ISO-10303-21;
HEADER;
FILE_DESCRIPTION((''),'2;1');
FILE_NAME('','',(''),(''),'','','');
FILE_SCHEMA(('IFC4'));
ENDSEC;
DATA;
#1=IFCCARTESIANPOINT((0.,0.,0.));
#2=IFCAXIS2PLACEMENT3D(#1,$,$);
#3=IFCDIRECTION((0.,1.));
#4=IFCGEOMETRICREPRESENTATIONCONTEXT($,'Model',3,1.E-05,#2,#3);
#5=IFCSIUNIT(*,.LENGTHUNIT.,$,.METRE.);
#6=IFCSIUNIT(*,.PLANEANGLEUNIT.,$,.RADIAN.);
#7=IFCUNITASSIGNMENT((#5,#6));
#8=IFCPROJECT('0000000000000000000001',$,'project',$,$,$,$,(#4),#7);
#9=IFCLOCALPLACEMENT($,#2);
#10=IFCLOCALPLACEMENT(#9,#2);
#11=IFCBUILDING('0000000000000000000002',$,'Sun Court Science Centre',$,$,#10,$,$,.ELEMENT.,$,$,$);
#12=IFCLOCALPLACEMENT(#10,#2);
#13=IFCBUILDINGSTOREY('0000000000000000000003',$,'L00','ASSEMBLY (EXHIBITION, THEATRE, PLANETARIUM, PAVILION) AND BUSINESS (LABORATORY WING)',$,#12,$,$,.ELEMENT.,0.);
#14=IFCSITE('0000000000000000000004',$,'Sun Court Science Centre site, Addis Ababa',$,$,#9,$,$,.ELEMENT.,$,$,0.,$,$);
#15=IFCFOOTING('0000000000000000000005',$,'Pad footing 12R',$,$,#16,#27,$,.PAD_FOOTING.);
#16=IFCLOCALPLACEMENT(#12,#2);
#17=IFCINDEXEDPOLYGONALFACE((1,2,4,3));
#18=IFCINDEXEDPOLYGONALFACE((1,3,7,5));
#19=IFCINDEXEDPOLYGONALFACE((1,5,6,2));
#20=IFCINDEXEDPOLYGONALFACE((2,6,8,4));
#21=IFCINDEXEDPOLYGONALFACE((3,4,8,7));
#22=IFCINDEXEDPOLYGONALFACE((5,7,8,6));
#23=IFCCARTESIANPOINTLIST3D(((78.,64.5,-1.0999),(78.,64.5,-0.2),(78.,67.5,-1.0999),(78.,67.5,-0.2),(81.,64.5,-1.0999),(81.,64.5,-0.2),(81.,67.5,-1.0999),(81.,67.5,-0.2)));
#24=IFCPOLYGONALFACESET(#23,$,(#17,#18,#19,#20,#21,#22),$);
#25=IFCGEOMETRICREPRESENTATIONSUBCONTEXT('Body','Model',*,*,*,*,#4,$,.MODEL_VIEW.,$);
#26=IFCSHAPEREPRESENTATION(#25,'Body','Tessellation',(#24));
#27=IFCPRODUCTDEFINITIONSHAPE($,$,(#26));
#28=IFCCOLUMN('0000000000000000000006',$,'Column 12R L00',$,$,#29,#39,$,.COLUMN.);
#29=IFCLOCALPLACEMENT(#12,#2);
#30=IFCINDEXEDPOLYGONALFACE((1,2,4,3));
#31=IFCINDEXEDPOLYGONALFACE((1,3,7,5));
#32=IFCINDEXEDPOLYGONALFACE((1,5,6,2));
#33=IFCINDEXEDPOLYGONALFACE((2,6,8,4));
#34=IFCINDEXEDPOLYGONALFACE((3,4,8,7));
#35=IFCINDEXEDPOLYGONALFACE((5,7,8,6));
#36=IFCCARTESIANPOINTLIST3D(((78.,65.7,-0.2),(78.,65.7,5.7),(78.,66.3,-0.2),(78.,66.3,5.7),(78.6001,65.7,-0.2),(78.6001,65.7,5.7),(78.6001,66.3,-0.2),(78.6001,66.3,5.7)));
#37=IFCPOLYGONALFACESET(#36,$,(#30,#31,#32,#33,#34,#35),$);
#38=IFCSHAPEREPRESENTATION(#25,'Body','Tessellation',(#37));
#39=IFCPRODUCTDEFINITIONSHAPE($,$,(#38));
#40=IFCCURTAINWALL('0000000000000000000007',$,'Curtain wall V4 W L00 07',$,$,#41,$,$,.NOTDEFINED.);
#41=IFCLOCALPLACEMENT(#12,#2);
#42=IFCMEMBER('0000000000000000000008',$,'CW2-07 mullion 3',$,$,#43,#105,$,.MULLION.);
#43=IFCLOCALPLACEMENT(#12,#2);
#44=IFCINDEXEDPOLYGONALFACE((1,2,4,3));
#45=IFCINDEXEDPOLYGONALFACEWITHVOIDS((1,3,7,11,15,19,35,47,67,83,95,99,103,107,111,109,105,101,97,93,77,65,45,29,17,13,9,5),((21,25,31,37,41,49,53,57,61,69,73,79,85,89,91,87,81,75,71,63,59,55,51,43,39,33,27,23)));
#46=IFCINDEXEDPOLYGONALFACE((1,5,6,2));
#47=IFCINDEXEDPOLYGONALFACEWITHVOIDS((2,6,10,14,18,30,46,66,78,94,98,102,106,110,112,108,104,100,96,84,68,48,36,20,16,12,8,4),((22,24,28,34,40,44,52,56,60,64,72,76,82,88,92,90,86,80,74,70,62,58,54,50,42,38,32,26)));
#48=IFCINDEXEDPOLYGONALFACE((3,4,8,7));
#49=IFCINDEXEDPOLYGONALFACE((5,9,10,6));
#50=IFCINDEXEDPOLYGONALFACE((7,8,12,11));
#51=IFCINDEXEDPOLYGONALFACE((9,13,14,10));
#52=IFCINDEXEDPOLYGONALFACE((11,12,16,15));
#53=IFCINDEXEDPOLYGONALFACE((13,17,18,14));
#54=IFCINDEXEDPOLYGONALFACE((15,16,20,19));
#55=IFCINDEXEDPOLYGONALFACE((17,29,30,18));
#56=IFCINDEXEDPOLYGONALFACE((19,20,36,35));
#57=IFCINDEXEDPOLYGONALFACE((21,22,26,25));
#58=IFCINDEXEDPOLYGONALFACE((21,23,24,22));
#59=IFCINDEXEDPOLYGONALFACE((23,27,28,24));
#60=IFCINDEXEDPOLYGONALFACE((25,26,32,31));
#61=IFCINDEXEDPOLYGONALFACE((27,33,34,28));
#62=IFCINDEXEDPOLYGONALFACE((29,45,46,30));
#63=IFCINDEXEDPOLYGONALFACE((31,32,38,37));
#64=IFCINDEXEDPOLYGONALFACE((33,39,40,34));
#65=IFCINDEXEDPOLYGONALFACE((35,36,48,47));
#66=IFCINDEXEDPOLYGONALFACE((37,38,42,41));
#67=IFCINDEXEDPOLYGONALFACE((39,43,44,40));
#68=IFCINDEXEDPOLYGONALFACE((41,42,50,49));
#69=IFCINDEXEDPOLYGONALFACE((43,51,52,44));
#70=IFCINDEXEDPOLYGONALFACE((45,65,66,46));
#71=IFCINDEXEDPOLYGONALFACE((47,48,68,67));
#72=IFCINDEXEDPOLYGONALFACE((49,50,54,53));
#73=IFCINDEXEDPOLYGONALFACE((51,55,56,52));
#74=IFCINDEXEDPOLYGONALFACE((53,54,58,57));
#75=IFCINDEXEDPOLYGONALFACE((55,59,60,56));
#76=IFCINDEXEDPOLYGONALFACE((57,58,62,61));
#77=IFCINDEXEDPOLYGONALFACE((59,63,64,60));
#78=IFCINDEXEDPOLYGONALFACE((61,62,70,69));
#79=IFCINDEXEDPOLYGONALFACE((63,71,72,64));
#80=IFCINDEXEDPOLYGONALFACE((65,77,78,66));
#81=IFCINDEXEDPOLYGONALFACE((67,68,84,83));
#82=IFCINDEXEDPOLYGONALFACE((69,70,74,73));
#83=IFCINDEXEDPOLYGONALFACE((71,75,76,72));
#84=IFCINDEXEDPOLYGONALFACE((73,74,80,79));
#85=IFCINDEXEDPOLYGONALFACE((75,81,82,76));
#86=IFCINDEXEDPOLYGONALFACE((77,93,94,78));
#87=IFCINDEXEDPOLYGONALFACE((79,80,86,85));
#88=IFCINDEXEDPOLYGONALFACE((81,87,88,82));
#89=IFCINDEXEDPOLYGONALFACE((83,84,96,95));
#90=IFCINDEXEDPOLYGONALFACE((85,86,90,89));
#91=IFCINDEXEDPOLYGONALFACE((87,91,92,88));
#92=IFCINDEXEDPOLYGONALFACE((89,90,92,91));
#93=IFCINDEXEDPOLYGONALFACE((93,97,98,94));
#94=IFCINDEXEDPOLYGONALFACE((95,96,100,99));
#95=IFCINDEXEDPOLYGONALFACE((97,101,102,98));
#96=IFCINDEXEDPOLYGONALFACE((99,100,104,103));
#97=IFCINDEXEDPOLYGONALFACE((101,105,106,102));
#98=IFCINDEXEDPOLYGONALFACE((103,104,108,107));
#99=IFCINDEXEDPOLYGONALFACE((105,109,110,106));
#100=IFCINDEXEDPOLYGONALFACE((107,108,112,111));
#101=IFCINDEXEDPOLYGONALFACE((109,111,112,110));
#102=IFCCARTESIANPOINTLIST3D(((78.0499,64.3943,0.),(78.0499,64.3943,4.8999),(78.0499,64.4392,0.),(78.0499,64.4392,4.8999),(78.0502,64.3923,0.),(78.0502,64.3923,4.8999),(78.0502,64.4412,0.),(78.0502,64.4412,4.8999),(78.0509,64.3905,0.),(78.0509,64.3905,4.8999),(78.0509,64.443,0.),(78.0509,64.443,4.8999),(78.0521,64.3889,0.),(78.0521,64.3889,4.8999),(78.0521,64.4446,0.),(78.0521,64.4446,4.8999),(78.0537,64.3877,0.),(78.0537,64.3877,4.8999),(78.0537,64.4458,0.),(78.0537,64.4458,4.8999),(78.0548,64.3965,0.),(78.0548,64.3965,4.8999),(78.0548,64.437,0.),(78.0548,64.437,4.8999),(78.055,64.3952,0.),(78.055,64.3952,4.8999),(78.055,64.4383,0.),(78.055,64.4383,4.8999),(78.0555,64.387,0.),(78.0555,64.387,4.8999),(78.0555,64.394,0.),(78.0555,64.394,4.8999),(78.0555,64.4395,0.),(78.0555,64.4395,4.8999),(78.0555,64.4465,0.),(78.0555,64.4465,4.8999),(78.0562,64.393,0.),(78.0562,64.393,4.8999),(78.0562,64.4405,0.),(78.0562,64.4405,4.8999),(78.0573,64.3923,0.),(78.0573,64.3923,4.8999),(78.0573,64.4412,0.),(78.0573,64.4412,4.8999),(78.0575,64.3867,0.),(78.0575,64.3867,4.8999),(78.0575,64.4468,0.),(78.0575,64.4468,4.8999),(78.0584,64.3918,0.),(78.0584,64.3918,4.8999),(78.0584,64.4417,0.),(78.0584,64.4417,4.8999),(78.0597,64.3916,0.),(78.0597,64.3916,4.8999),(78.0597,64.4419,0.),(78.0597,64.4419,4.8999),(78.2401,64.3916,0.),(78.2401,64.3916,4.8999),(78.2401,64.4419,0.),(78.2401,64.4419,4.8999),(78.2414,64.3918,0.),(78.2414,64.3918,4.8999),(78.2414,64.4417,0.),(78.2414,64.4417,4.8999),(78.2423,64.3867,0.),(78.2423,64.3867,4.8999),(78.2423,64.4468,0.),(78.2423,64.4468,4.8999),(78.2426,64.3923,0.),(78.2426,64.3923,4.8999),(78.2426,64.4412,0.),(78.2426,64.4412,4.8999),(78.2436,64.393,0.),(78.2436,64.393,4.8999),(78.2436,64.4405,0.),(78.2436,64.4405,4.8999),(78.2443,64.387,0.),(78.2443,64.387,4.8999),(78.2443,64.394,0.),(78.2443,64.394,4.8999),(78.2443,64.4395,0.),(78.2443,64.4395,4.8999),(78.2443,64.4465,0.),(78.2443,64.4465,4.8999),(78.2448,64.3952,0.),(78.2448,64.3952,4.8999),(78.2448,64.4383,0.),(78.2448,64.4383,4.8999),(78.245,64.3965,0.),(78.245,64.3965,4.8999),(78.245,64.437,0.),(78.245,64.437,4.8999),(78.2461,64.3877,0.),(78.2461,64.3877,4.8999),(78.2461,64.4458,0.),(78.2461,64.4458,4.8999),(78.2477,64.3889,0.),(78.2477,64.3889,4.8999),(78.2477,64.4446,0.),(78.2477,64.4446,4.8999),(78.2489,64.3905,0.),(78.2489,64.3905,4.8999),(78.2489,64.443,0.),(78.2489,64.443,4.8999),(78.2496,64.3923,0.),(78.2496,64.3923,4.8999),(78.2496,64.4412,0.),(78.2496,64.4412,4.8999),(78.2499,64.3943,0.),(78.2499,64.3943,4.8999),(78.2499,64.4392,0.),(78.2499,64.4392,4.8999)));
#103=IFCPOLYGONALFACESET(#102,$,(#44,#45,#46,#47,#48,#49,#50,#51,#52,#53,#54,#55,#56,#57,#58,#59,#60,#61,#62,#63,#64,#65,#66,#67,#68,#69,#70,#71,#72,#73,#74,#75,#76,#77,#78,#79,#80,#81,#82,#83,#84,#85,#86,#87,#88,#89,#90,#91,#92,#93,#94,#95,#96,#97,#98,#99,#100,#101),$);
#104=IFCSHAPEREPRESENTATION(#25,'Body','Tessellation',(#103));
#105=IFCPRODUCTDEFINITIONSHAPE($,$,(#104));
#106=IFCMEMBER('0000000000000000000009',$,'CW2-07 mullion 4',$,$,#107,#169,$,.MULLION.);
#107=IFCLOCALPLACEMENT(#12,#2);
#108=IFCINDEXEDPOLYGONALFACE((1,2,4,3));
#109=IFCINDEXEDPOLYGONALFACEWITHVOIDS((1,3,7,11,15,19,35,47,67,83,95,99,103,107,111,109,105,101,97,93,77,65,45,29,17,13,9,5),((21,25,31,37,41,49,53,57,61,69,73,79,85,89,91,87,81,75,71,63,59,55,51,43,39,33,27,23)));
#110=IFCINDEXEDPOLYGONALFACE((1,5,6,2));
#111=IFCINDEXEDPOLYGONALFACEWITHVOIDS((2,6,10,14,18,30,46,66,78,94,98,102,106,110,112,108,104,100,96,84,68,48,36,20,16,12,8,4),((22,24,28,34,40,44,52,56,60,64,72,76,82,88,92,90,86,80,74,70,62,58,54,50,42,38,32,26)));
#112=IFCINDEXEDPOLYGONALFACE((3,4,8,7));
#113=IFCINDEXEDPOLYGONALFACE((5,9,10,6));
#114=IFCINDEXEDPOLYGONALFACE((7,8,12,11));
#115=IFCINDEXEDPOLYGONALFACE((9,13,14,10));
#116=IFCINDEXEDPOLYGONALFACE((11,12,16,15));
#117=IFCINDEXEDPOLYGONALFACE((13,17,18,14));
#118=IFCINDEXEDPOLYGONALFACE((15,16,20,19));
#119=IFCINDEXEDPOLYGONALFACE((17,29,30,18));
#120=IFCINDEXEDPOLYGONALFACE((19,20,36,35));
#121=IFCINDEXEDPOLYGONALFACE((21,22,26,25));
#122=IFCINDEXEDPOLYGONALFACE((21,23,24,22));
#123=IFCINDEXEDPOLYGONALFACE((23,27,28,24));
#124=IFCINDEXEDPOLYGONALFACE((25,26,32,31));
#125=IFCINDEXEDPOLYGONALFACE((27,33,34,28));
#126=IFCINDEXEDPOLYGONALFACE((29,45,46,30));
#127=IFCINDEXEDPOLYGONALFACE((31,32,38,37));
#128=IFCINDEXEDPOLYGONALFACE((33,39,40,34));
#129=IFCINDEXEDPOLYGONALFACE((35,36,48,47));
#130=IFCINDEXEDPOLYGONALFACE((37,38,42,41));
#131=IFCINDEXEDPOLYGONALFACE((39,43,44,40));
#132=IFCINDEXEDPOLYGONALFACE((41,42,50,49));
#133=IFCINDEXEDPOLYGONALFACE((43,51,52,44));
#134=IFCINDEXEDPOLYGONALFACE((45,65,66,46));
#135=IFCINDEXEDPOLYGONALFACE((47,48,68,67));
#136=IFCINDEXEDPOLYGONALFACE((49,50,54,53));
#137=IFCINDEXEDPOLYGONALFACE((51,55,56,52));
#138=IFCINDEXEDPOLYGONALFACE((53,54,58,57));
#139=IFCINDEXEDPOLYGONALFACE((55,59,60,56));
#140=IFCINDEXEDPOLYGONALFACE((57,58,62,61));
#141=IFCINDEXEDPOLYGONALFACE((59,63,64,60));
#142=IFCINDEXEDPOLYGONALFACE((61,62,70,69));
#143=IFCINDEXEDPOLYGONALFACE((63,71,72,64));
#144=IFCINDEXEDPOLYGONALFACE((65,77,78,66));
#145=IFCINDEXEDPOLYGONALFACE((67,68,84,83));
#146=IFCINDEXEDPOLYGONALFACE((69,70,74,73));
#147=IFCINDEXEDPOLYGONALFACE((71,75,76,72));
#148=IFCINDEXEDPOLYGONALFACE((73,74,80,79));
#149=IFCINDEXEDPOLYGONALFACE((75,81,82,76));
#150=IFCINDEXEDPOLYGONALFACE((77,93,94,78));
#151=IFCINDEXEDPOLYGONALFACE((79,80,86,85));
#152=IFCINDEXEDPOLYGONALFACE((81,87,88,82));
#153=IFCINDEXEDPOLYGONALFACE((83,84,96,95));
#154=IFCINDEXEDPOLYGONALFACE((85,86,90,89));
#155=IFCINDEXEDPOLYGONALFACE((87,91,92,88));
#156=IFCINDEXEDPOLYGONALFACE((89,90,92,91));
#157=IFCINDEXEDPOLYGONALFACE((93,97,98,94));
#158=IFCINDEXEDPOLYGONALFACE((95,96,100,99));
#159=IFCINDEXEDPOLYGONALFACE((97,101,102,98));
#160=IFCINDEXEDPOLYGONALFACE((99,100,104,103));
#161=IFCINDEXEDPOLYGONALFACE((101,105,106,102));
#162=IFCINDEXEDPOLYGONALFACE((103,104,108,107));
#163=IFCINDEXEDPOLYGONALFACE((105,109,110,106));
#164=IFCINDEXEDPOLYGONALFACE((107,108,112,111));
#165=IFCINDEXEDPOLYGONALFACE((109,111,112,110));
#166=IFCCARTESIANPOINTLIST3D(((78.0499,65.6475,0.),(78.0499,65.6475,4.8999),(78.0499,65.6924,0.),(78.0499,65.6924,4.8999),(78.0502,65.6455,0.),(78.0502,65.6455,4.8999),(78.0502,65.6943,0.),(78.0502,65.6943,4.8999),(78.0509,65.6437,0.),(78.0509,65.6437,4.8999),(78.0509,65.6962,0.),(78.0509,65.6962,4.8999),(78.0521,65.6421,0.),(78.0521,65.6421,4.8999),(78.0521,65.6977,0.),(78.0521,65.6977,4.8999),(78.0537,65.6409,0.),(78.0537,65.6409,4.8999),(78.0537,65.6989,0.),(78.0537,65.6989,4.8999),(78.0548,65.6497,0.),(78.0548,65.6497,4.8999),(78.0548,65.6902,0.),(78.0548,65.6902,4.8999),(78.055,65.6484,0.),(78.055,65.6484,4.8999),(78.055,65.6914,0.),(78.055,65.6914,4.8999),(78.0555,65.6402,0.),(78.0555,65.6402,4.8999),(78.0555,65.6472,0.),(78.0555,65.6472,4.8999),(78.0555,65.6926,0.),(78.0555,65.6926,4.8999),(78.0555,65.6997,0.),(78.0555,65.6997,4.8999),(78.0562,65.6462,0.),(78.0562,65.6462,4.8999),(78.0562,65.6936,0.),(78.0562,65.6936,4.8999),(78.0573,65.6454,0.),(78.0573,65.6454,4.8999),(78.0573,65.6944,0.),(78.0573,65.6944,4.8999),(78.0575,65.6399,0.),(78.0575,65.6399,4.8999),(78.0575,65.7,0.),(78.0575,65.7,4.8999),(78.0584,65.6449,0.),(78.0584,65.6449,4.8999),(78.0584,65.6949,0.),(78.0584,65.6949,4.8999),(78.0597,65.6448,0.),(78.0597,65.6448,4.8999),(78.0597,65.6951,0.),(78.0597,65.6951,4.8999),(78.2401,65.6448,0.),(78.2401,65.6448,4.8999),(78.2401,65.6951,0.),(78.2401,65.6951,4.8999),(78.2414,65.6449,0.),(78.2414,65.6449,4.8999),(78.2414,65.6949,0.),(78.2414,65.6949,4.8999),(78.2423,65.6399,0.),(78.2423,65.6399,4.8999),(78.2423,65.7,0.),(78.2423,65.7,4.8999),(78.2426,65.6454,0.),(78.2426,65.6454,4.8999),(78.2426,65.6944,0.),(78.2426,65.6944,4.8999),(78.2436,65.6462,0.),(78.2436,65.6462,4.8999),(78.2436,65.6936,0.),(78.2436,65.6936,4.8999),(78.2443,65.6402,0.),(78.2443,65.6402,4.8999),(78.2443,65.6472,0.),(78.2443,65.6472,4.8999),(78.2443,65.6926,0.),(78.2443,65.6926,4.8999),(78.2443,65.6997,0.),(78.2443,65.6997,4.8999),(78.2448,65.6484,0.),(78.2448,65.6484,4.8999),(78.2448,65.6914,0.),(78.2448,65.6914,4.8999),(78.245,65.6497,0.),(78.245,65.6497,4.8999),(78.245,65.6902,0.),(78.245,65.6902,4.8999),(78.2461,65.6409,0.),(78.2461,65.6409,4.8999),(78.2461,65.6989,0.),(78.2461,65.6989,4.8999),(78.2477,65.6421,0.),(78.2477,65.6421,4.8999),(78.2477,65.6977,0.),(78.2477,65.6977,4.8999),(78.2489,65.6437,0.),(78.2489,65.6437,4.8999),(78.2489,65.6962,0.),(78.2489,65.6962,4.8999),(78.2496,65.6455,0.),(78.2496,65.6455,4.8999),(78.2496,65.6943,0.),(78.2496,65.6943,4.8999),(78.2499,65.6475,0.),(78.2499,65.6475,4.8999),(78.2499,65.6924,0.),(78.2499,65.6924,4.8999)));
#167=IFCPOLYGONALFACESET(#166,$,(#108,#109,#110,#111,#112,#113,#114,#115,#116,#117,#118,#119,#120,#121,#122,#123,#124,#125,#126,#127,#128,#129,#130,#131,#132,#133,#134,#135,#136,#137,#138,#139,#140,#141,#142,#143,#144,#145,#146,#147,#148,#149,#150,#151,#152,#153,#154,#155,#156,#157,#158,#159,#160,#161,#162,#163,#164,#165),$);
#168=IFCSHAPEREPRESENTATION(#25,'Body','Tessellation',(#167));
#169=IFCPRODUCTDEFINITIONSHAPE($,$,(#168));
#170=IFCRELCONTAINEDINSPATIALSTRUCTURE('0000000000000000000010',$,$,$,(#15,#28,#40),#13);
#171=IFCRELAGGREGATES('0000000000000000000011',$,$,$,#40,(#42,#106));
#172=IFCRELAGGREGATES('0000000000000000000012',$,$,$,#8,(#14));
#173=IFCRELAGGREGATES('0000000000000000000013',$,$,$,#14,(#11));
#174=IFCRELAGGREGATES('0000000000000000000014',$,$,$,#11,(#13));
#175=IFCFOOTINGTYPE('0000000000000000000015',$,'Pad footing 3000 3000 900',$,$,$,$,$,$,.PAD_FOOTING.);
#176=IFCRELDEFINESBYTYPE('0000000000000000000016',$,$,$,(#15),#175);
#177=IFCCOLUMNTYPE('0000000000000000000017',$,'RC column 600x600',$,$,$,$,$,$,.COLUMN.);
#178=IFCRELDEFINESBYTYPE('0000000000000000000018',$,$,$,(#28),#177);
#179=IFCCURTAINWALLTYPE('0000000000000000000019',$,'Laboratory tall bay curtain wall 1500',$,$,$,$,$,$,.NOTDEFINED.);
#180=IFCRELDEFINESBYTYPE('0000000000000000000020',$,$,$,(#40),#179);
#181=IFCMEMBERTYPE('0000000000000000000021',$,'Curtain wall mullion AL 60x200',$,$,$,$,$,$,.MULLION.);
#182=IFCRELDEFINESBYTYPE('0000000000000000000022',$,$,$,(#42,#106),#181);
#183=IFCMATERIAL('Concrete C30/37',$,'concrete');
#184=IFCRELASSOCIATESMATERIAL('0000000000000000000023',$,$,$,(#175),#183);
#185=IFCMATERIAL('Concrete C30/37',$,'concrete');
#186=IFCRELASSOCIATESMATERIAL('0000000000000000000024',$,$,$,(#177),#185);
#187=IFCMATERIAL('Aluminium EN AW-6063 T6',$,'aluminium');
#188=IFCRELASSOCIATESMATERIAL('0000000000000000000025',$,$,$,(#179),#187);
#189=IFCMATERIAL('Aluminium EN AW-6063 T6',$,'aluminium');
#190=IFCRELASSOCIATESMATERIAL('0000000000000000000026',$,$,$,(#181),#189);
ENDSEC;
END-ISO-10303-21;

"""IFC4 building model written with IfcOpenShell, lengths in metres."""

from ifc_helpers import new_model, si_unit, direction, frame, origin, origin_2d, place, context, subcontext, project, spatial, rectangle, hollow_rectangle, extrude, material, material_profile, profile_set, type_object, element, aggregate, save


model = new_model("IFC4")

# Units and contexts
model_context = context("Model", 3, precision=1e-05, world=origin(), true_north=direction((0.0, 1.0)))
body_context = subcontext(model_context, "Body", "Model", "MODEL_VIEW")
ifc_project = project(units=[si_unit("LENGTHUNIT", "METRE"), si_unit("PLANEANGLEUNIT", "RADIAN")], contexts=[model_context])

# Site, building, storey
site_placement = place(None, origin())
site = spatial("IfcSite", under=ifc_project, at=site_placement, Name="Sun Court Science Centre site, Addis Ababa", CompositionType="ELEMENT", RefElevation=0.0)
building_placement = place(site_placement, origin())
building = spatial("IfcBuilding", under=site, at=building_placement, Name="Sun Court Science Centre", CompositionType="ELEMENT")
storey_placement = place(building_placement, origin())
storey = spatial("IfcBuildingStorey", under=building, at=storey_placement, Name="L00", Description="ASSEMBLY (EXHIBITION, THEATRE, PLANETARIUM, PAVILION) AND BUSINESS (LABORATORY WING)", CompositionType="ELEMENT", Elevation=0.0)

# Footing
ifc_material_1 = material(Name="Concrete C30/37", Category="concrete")
footing_type = type_object("IfcFootingType", Name="Pad footing 3000 3000 900", PredefinedType="PAD_FOOTING", material=ifc_material_1)
footing_placement = place(storey_placement, frame((79.5, 66.0, -1.0999), z_axis=(0.0, 0.0, 1.0), x_axis=(1.0, 0.0, 0.0)))
element("IfcFooting", 1, at=footing_placement, inside=storey, type_object=footing_type, Name="Pad footing 12R", PredefinedType="PAD_FOOTING", context=body_context, shape_type="SweptSolid", body=[
    extrude(rectangle(XDim=3.0, YDim=3.0, at=origin_2d()), origin(), (0.0, 0.0, 1.0), 0.8999),
])

# Column
ifc_material_2 = material(Name="Concrete C30/37", Category="concrete")
ifc_material_profile_1 = material_profile(ifc_material_2, rectangle(XDim=0.6001, YDim=0.6001, at=origin_2d()), Name="RC 600x600")
ifc_profile_set_1 = profile_set([ifc_material_profile_1], Name="Concrete C30/37")
column_type = type_object("IfcColumnType", Name="RC column 600x600", PredefinedType="COLUMN", material=ifc_profile_set_1)
column_placement = place(storey_placement, frame((78.3, 66.0, -0.2), z_axis=(0.0, 0.0, 1.0), x_axis=(1.0, 0.0, 0.0)))
element("IfcColumn", 2, at=column_placement, inside=storey, type_object=column_type, Name="Column 12R L00", PredefinedType="COLUMN", context=body_context, shape_type="SweptSolid", body=[
    extrude(rectangle(XDim=0.6001, YDim=0.6001, at=origin_2d()), origin(), (0.0, 0.0, 1.0), 5.8999),
])

# Curtain wall, members
ifc_material_3 = material(Name="Aluminium EN AW-6063 T6", Category="aluminium")
curtain_wall_type = type_object("IfcCurtainWallType", Name="Laboratory tall bay curtain wall 1500", PredefinedType="NOTDEFINED", material=ifc_material_3)
curtain_wall_placement = place(storey_placement, origin())
curtain_wall = element("IfcCurtainWall", 3, at=curtain_wall_placement, inside=storey, type_object=curtain_wall_type, Name="Curtain wall V4 W L00 07", PredefinedType="NOTDEFINED")
ifc_material_4 = material(Name="Aluminium EN AW-6063 T6", Category="aluminium")
ifc_material_profile_2 = material_profile(ifc_material_4, hollow_rectangle(XDim=0.0601, YDim=0.2, WallThickness=0.0049, InnerFilletRadius=0.0049, OuterFilletRadius=0.0076, at=origin_2d()), Name="AL 60x200x5")
ifc_profile_set_2 = profile_set([ifc_material_profile_2], Name="Aluminium EN AW-6063 T6")
member_type_1 = type_object("IfcMemberType", Name="Curtain wall mullion AL 60x200", PredefinedType="MULLION", material=ifc_profile_set_2)
member_1_placement = place(storey_placement, frame((78.1499, 64.4167, 0.0), z_axis=(0.0, 0.0, 1.0), x_axis=(0.0, 1.0, 0.0)))
member_1 = element("IfcMember", 4, at=member_1_placement, type_object=member_type_1, Name="CW2-07 mullion 3", PredefinedType="MULLION", context=body_context, shape_type="SweptSolid", body=[
    extrude(hollow_rectangle(XDim=0.0601, YDim=0.2, WallThickness=0.0049, InnerFilletRadius=0.0049, OuterFilletRadius=0.0076, at=origin_2d()), origin(), (0.0, 0.0, 1.0), 4.8999),
])
member_2_placement = place(storey_placement, frame((78.1499, 65.6699, 0.0), z_axis=(0.0, 0.0, 1.0), x_axis=(0.0, 1.0, 0.0)))
member_2 = element("IfcMember", 5, at=member_2_placement, type_object=member_type_1, Name="CW2-07 mullion 4", PredefinedType="MULLION", context=body_context, shape_type="SweptSolid", body=[
    extrude(hollow_rectangle(XDim=0.0601, YDim=0.2, WallThickness=0.0049, InnerFilletRadius=0.0049, OuterFilletRadius=0.0076, at=origin_2d()), origin(), (0.0, 0.0, 1.0), 4.8999),
])

aggregate(curtain_wall, [member_1, member_2])

save(model, "model.ifc")
